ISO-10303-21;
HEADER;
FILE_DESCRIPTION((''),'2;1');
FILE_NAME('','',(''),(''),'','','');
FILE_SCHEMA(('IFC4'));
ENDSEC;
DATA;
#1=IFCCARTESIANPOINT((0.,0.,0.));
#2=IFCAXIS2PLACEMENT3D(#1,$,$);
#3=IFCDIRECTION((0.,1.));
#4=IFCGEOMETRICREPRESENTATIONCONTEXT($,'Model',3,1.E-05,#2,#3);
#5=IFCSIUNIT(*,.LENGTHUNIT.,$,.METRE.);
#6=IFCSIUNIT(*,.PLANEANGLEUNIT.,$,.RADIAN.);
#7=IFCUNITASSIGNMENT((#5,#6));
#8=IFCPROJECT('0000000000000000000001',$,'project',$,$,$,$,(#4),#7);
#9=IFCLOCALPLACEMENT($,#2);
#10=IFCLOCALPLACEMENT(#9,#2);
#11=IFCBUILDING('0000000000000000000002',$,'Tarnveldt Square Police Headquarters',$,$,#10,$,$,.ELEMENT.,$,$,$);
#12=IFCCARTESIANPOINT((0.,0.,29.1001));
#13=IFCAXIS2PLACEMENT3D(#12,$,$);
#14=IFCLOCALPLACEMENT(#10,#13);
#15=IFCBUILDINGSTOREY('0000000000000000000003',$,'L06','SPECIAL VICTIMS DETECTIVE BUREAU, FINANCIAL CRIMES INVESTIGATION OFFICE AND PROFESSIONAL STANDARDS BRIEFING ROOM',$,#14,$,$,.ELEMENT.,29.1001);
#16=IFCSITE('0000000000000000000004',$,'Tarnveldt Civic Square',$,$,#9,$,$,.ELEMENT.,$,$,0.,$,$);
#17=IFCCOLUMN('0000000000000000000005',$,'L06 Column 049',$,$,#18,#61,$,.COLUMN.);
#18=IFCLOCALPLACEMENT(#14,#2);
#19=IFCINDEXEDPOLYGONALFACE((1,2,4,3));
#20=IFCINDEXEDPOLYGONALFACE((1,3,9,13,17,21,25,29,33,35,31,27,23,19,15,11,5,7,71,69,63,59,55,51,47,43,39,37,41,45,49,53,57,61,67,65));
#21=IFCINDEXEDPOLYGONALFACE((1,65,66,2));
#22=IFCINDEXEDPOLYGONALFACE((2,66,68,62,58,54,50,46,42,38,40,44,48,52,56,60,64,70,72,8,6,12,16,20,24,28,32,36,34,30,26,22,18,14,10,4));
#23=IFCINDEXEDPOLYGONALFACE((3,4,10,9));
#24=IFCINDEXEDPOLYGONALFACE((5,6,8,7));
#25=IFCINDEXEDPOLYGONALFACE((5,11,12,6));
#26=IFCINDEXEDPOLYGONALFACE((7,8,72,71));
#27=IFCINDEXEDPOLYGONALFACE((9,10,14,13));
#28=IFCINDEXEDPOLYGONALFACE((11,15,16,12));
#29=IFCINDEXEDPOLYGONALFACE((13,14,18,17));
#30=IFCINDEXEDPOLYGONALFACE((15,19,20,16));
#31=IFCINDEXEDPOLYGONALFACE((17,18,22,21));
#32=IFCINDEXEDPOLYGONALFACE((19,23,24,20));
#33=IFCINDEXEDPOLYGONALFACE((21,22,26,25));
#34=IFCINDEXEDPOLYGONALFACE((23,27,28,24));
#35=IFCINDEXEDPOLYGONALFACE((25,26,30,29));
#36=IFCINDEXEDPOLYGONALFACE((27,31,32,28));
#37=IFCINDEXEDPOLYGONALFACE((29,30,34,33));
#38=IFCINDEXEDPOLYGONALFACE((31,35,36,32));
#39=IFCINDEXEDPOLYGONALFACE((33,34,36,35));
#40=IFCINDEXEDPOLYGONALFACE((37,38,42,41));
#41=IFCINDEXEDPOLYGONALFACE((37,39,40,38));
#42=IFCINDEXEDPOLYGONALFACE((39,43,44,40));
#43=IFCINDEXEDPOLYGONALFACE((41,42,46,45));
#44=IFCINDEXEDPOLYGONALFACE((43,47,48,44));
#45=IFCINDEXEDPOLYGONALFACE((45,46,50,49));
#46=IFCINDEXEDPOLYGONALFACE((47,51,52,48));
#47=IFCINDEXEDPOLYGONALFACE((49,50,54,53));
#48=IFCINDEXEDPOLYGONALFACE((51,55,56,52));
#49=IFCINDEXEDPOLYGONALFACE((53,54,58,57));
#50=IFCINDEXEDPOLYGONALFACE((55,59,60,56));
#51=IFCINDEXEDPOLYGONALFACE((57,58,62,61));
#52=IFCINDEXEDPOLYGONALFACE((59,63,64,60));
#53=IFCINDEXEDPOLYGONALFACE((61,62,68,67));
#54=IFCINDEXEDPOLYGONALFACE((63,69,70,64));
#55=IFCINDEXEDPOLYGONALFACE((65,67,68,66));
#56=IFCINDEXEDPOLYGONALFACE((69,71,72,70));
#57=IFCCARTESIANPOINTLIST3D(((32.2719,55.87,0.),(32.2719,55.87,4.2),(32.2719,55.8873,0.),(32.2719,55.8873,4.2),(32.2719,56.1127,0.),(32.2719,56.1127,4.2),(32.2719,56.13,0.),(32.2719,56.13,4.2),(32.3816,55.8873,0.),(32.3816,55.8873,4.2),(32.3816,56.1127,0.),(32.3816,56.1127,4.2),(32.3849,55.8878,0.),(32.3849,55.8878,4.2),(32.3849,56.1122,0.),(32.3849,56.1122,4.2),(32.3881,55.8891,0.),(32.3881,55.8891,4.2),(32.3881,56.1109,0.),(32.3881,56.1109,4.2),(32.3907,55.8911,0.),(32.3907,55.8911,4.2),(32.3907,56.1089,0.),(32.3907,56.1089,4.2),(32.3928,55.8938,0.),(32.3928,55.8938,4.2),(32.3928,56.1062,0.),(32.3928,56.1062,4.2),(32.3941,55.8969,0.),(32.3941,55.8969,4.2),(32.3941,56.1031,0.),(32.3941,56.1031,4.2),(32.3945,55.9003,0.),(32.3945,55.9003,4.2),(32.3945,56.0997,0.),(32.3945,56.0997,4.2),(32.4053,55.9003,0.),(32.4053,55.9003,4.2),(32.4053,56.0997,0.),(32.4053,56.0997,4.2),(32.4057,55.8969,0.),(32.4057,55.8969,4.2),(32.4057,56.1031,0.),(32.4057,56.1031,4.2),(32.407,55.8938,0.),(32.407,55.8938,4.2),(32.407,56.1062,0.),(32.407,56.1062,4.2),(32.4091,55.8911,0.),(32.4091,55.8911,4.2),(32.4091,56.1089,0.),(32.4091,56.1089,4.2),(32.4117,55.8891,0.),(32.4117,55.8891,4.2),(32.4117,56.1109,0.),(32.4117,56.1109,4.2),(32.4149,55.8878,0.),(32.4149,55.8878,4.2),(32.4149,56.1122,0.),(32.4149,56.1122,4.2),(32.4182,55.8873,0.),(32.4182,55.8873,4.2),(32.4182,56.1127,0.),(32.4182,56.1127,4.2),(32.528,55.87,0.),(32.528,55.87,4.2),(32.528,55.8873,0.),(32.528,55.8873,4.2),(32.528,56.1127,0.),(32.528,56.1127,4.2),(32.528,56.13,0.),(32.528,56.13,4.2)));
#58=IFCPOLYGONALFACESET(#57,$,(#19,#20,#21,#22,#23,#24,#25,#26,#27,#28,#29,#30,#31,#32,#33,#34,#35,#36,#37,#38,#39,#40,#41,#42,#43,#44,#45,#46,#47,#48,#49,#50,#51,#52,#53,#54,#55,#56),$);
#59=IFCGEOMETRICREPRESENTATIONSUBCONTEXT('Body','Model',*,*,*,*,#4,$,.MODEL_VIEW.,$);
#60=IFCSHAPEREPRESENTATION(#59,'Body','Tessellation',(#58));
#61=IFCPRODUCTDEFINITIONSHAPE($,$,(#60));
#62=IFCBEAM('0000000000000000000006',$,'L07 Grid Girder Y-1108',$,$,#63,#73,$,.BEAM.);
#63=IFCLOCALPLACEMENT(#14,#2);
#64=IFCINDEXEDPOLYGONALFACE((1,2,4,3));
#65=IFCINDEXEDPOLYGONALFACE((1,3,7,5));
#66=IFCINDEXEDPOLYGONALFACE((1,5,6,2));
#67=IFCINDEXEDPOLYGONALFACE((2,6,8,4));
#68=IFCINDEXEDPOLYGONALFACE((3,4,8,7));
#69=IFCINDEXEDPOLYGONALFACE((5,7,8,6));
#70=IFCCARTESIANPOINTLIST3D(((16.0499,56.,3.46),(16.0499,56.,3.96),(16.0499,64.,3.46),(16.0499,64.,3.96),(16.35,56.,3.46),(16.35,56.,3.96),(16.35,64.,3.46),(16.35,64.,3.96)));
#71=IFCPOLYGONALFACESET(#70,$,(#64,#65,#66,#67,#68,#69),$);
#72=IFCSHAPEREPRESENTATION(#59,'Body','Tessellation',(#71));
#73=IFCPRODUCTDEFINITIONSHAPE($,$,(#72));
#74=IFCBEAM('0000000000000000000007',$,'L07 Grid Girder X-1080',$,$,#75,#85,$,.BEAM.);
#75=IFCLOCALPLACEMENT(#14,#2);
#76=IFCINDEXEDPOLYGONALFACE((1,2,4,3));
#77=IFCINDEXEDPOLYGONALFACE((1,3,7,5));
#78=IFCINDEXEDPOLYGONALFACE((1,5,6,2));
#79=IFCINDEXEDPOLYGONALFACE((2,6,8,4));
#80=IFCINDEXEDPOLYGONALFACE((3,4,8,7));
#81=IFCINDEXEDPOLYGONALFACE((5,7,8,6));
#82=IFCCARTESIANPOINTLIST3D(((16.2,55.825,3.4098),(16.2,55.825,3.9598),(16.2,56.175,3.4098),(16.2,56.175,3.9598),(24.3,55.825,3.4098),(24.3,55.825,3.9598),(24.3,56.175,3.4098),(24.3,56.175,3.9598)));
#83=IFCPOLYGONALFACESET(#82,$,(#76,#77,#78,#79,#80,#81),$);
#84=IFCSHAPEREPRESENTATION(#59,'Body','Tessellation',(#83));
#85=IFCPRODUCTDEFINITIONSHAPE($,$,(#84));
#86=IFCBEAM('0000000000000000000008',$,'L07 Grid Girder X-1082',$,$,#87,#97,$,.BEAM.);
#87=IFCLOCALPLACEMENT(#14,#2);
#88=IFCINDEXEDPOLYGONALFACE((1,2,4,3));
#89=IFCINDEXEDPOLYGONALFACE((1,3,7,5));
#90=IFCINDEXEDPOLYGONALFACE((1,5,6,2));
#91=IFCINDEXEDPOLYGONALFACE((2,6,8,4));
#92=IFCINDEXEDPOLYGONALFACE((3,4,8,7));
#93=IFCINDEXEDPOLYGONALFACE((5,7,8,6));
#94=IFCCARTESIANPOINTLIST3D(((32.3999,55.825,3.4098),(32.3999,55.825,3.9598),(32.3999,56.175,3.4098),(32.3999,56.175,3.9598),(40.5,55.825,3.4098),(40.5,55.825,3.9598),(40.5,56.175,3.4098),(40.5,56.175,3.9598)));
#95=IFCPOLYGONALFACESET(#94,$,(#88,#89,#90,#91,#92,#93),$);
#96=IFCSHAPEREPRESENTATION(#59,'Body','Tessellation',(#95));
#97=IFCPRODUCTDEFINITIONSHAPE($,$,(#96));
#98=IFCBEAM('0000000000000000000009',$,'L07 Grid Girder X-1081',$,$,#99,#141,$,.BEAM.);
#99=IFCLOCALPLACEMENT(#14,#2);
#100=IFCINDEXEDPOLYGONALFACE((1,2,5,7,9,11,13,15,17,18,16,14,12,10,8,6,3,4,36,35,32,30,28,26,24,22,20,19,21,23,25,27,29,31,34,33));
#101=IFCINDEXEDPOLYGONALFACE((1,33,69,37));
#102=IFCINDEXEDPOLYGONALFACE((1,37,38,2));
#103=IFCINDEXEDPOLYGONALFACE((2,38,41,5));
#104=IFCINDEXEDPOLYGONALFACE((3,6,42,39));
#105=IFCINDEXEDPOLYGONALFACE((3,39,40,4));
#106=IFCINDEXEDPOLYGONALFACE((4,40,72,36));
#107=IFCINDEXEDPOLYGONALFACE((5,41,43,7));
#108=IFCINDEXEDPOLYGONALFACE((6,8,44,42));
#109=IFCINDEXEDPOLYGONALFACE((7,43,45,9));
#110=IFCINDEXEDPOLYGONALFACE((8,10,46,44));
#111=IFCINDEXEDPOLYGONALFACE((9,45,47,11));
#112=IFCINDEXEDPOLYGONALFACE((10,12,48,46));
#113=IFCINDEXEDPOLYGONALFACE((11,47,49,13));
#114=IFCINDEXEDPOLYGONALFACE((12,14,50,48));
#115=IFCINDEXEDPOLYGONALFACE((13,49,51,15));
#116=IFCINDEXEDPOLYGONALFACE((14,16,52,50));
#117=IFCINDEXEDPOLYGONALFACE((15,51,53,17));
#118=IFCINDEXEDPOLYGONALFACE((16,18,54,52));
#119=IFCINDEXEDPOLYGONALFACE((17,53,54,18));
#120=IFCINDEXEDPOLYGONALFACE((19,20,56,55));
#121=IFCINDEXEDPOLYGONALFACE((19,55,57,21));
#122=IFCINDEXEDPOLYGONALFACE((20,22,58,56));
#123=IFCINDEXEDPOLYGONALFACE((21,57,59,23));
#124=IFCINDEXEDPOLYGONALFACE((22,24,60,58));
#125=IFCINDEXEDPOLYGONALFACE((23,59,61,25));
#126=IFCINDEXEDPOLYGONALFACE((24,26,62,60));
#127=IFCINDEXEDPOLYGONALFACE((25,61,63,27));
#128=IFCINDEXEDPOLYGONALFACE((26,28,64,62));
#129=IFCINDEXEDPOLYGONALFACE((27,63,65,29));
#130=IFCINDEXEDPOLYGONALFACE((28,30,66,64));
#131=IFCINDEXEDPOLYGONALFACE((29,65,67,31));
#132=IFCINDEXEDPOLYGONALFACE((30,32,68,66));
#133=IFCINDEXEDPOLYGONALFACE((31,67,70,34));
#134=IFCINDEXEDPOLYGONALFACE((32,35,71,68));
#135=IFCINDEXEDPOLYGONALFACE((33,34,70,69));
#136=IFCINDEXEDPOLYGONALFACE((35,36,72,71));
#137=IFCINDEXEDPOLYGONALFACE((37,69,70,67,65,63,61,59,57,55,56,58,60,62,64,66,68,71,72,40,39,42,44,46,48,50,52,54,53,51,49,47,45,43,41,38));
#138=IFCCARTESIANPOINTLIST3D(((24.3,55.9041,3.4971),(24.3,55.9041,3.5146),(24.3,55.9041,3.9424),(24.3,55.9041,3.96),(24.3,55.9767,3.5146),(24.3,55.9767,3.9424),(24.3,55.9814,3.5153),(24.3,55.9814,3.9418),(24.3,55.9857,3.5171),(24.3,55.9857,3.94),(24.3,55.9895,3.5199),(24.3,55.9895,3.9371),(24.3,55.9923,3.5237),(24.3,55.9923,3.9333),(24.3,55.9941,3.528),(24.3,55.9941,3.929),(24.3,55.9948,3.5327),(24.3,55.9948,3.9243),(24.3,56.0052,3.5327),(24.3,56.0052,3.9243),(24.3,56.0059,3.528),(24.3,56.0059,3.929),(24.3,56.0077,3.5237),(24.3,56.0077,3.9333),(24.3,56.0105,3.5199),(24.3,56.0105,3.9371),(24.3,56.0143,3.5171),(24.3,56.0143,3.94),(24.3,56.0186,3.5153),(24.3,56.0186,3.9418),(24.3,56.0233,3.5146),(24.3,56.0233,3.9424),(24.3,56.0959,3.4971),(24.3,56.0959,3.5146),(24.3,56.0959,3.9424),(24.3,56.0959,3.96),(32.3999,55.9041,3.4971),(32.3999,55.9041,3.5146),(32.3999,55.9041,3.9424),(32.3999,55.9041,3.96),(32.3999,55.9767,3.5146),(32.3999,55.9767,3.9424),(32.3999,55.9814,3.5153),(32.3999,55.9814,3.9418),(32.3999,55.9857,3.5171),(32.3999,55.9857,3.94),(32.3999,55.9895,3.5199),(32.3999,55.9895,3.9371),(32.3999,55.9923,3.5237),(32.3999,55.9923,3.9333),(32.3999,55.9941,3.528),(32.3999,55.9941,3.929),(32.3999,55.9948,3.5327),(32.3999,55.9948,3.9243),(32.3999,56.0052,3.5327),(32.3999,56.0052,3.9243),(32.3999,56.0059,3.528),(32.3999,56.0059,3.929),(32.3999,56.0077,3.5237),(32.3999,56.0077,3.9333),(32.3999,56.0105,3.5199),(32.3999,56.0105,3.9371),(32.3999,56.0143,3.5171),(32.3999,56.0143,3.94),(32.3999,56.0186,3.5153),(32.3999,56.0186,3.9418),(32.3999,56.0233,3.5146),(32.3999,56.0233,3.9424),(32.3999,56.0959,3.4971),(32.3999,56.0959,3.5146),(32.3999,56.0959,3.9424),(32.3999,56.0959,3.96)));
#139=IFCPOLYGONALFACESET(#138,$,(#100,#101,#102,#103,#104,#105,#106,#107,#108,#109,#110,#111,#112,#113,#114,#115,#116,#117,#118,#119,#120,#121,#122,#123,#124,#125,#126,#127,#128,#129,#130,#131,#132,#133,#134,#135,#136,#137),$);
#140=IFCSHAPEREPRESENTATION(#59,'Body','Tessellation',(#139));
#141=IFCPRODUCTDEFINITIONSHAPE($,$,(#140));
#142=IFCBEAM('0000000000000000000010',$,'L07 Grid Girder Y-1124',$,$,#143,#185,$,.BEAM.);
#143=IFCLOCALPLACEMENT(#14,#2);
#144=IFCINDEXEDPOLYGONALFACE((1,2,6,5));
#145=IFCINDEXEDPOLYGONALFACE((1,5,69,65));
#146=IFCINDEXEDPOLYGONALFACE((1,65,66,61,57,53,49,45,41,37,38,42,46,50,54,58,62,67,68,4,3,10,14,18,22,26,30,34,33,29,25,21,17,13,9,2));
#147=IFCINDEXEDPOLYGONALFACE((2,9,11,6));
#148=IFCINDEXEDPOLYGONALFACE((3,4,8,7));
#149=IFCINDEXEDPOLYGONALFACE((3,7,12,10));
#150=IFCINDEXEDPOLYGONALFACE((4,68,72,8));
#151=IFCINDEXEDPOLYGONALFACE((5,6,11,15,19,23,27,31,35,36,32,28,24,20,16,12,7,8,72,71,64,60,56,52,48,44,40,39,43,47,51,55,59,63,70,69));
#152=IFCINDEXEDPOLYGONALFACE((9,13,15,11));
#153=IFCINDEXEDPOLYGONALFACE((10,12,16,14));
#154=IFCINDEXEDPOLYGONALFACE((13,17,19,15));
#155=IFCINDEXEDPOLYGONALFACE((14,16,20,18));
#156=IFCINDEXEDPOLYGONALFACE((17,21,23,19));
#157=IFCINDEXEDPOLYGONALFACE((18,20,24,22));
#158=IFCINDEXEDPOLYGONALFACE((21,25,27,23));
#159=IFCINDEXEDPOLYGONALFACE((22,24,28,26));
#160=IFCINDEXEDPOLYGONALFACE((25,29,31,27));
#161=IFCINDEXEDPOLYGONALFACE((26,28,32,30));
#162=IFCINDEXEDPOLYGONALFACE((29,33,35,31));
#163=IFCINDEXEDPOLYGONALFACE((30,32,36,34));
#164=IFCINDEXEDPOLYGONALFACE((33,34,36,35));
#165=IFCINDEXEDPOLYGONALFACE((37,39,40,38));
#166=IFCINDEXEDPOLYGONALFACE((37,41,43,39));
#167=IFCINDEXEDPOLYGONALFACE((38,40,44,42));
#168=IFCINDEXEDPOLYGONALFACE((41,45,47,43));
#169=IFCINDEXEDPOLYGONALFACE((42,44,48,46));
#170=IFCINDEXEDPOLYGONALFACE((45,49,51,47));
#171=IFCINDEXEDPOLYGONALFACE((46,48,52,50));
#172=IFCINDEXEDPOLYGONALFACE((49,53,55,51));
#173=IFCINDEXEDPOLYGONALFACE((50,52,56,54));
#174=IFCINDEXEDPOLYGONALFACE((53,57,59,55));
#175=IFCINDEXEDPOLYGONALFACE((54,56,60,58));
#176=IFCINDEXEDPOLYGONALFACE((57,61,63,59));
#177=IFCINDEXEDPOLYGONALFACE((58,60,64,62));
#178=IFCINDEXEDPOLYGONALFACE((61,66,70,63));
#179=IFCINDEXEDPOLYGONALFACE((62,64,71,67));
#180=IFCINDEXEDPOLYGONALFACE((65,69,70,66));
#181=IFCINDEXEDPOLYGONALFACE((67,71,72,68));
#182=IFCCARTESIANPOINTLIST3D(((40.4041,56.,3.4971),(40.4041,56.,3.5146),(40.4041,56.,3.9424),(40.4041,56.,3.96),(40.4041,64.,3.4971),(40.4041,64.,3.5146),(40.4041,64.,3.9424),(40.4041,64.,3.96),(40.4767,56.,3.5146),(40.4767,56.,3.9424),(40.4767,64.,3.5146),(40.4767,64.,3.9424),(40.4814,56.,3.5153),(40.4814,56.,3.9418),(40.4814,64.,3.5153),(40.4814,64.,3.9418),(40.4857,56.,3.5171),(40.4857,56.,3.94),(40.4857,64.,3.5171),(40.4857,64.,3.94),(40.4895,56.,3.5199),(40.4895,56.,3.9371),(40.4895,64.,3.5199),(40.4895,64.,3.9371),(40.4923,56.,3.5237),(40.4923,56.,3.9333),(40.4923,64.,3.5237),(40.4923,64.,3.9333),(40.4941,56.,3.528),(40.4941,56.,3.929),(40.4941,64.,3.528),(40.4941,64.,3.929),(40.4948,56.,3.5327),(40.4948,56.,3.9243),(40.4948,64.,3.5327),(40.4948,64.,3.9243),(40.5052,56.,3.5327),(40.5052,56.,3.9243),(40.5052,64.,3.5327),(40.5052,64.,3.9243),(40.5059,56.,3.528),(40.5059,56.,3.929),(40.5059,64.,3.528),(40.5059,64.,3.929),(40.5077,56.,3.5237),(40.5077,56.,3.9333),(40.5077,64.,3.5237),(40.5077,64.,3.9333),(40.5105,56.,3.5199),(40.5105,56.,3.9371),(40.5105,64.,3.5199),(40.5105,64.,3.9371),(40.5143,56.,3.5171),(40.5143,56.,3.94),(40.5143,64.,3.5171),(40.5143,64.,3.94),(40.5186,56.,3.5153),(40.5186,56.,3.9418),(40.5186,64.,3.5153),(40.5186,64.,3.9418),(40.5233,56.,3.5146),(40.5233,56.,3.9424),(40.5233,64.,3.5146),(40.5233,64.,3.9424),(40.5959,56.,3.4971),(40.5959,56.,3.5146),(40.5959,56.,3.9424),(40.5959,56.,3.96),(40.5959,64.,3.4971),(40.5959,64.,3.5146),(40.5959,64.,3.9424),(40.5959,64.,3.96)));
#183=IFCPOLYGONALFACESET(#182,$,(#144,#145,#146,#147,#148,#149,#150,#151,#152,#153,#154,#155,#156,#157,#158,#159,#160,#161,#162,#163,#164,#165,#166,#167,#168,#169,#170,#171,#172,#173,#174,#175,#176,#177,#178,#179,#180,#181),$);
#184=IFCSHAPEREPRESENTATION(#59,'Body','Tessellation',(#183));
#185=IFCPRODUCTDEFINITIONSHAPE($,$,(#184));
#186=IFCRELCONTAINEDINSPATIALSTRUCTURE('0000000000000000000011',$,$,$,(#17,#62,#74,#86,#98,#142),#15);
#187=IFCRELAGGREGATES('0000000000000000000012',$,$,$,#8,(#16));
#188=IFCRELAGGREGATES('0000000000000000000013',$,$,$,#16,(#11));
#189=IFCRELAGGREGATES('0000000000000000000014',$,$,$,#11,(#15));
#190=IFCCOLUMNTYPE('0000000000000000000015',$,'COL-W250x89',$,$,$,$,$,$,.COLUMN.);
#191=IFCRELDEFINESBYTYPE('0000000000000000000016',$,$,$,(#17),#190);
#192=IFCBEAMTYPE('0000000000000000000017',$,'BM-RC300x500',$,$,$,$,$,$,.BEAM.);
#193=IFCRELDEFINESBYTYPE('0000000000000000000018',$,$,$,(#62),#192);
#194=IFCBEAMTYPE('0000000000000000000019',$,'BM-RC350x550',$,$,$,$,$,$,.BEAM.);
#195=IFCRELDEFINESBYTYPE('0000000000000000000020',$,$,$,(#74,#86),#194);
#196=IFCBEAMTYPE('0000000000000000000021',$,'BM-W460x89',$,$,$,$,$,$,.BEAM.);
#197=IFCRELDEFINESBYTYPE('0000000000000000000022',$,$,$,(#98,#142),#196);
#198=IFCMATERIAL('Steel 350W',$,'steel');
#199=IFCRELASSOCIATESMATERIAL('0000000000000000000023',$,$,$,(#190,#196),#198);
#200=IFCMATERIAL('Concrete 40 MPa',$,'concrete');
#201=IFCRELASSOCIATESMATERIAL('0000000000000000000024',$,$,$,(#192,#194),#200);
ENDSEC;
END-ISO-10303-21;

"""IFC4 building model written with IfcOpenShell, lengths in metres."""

from ifc_helpers import new_model, si_unit, direction, frame, origin, origin_2d, place, context, subcontext, project, spatial, rectangle, i_section, extrude, material, material_profile, profile_set, type_object, element, save


model = new_model("IFC4")

# Units and contexts
model_context = context("Model", 3, precision=1e-05, world=origin(), true_north=direction((0.0, 1.0)))
body_context = subcontext(model_context, "Body", "Model", "MODEL_VIEW")
ifc_project = project(units=[si_unit("LENGTHUNIT", "METRE"), si_unit("PLANEANGLEUNIT", "RADIAN")], contexts=[model_context])

# Site, building, storey
site_placement = place(None, origin())
site = spatial("IfcSite", under=ifc_project, at=site_placement, Name="Tarnveldt Civic Square", CompositionType="ELEMENT", RefElevation=0.0)
building_placement = place(site_placement, origin())
building = spatial("IfcBuilding", under=site, at=building_placement, Name="Tarnveldt Square Police Headquarters", CompositionType="ELEMENT")
storey_placement = place(building_placement, frame((0.0, 0.0, 29.1001)))
storey = spatial("IfcBuildingStorey", under=building, at=storey_placement, Name="L06", Description="SPECIAL VICTIMS DETECTIVE BUREAU, FINANCIAL CRIMES INVESTIGATION OFFICE AND PROFESSIONAL STANDARDS BRIEFING ROOM", CompositionType="ELEMENT", Elevation=29.1001)

# Column
ifc_material_1 = material(Name="Steel 350W", Category="steel")
ifc_material_profile_1 = material_profile(ifc_material_1, i_section(OverallWidth=0.2561, OverallDepth=0.26, WebThickness=0.0107, FlangeThickness=0.0173, FilletRadius=0.0129, at=origin_2d()), Name="W250x89")
ifc_profile_set_1 = profile_set([ifc_material_profile_1], Name="Steel 350W")
column_type_1 = type_object("IfcColumnType", Name="COL-W250x89", PredefinedType="COLUMN", material=ifc_profile_set_1)
column_1_placement = place(storey_placement, frame((32.3999, 56.0, 0.0), z_axis=(0.0, 0.0, 1.0), x_axis=(1.0, 0.0, 0.0)))
element("IfcColumn", 1, at=column_1_placement, inside=storey, type_object=column_type_1, Name="L06 Column 049", PredefinedType="COLUMN", context=body_context, shape_type="SweptSolid", body=[
    extrude(i_section(OverallWidth=0.2561, OverallDepth=0.26, WebThickness=0.0107, FlangeThickness=0.0173, FilletRadius=0.0129, at=origin_2d()), origin(), (0.0, 0.0, 1.0), 4.2),
])

# Beams
ifc_material_2 = material(Name="Concrete 40 MPa", Category="concrete")
ifc_material_profile_2 = material_profile(ifc_material_2, rectangle(XDim=0.3, YDim=0.5, at=origin_2d()), Name="RC-B300x500")
ifc_profile_set_2 = profile_set([ifc_material_profile_2], Name="Concrete 40 MPa")
beam_type_1 = type_object("IfcBeamType", Name="BM-RC300x500", PredefinedType="BEAM", material=ifc_profile_set_2)
beam_1_placement = place(storey_placement, frame((16.2, 56.0, 3.71), z_axis=(0.0, 1.0, 0.0), x_axis=(-1.0, 0.0, 0.0)))
element("IfcBeam", 2, at=beam_1_placement, inside=storey, type_object=beam_type_1, Name="L07 Grid Girder Y-1108", PredefinedType="BEAM", context=body_context, shape_type="SweptSolid", body=[
    extrude(rectangle(XDim=0.3, YDim=0.5, at=origin_2d()), origin(), (0.0, 0.0, 1.0), 8.0),
])
ifc_material_profile_3 = material_profile(ifc_material_2, rectangle(XDim=0.3501, YDim=0.55, at=origin_2d()), Name="RC-B350x550")
ifc_profile_set_3 = profile_set([ifc_material_profile_3], Name="Concrete 40 MPa")
beam_type_2 = type_object("IfcBeamType", Name="BM-RC350x550", PredefinedType="BEAM", material=ifc_profile_set_3)
for number, where, z_axis, x_axis, name in (
    (3, (16.2, 56.0, 3.6848), (1.0, 0.0, 0.0), (0.0, 1.0, 0.0), "L07 Grid Girder X-1080"),
    (4, (32.3999, 56.0, 3.6848), (1.0, 0.0, 0.0), (0.0, 1.0, 0.0), "L07 Grid Girder X-1082"),
):
    element("IfcBeam", number, at=place(storey_placement, frame(where, z_axis=z_axis, x_axis=x_axis)), inside=storey, type_object=beam_type_2, Name=name, PredefinedType="BEAM", context=body_context, shape_type="SweptSolid", body=[
        extrude(rectangle(XDim=0.3501, YDim=0.55, at=origin_2d()), origin(), (0.0, 0.0, 1.0), 8.1001),
    ])
ifc_material_profile_4 = material_profile(ifc_material_1, i_section(OverallWidth=0.1919, OverallDepth=0.4629, WebThickness=0.0105, FlangeThickness=0.0176, FilletRadius=0.0181, at=origin_2d()), Name="W460x89")
ifc_profile_set_4 = profile_set([ifc_material_profile_4], Name="Steel 350W")
beam_type_3 = type_object("IfcBeamType", Name="BM-W460x89", PredefinedType="BEAM", material=ifc_profile_set_4)
beam_2_placement = place(storey_placement, frame((24.3, 56.0, 3.7285), z_axis=(1.0, 0.0, 0.0), x_axis=(0.0, 1.0, 0.0)))
element("IfcBeam", 5, at=beam_2_placement, inside=storey, type_object=beam_type_3, Name="L07 Grid Girder X-1081", PredefinedType="BEAM", context=body_context, shape_type="SweptSolid", body=[
    extrude(i_section(OverallWidth=0.1919, OverallDepth=0.4629, WebThickness=0.0105, FlangeThickness=0.0176, FilletRadius=0.0181, at=origin_2d()), origin(), (0.0, 0.0, 1.0), 8.0999),
])
beam_3_placement = place(storey_placement, frame((40.5, 56.0, 3.7285), z_axis=(0.0, 1.0, 0.0), x_axis=(-1.0, 0.0, 0.0)))
element("IfcBeam", 6, at=beam_3_placement, inside=storey, type_object=beam_type_3, Name="L07 Grid Girder Y-1124", PredefinedType="BEAM", context=body_context, shape_type="SweptSolid", body=[
    extrude(i_section(OverallWidth=0.1919, OverallDepth=0.4629, WebThickness=0.0105, FlangeThickness=0.0176, FilletRadius=0.0181, at=origin_2d()), origin(), (0.0, 0.0, 1.0), 8.0),
])

save(model, "model.ifc")
